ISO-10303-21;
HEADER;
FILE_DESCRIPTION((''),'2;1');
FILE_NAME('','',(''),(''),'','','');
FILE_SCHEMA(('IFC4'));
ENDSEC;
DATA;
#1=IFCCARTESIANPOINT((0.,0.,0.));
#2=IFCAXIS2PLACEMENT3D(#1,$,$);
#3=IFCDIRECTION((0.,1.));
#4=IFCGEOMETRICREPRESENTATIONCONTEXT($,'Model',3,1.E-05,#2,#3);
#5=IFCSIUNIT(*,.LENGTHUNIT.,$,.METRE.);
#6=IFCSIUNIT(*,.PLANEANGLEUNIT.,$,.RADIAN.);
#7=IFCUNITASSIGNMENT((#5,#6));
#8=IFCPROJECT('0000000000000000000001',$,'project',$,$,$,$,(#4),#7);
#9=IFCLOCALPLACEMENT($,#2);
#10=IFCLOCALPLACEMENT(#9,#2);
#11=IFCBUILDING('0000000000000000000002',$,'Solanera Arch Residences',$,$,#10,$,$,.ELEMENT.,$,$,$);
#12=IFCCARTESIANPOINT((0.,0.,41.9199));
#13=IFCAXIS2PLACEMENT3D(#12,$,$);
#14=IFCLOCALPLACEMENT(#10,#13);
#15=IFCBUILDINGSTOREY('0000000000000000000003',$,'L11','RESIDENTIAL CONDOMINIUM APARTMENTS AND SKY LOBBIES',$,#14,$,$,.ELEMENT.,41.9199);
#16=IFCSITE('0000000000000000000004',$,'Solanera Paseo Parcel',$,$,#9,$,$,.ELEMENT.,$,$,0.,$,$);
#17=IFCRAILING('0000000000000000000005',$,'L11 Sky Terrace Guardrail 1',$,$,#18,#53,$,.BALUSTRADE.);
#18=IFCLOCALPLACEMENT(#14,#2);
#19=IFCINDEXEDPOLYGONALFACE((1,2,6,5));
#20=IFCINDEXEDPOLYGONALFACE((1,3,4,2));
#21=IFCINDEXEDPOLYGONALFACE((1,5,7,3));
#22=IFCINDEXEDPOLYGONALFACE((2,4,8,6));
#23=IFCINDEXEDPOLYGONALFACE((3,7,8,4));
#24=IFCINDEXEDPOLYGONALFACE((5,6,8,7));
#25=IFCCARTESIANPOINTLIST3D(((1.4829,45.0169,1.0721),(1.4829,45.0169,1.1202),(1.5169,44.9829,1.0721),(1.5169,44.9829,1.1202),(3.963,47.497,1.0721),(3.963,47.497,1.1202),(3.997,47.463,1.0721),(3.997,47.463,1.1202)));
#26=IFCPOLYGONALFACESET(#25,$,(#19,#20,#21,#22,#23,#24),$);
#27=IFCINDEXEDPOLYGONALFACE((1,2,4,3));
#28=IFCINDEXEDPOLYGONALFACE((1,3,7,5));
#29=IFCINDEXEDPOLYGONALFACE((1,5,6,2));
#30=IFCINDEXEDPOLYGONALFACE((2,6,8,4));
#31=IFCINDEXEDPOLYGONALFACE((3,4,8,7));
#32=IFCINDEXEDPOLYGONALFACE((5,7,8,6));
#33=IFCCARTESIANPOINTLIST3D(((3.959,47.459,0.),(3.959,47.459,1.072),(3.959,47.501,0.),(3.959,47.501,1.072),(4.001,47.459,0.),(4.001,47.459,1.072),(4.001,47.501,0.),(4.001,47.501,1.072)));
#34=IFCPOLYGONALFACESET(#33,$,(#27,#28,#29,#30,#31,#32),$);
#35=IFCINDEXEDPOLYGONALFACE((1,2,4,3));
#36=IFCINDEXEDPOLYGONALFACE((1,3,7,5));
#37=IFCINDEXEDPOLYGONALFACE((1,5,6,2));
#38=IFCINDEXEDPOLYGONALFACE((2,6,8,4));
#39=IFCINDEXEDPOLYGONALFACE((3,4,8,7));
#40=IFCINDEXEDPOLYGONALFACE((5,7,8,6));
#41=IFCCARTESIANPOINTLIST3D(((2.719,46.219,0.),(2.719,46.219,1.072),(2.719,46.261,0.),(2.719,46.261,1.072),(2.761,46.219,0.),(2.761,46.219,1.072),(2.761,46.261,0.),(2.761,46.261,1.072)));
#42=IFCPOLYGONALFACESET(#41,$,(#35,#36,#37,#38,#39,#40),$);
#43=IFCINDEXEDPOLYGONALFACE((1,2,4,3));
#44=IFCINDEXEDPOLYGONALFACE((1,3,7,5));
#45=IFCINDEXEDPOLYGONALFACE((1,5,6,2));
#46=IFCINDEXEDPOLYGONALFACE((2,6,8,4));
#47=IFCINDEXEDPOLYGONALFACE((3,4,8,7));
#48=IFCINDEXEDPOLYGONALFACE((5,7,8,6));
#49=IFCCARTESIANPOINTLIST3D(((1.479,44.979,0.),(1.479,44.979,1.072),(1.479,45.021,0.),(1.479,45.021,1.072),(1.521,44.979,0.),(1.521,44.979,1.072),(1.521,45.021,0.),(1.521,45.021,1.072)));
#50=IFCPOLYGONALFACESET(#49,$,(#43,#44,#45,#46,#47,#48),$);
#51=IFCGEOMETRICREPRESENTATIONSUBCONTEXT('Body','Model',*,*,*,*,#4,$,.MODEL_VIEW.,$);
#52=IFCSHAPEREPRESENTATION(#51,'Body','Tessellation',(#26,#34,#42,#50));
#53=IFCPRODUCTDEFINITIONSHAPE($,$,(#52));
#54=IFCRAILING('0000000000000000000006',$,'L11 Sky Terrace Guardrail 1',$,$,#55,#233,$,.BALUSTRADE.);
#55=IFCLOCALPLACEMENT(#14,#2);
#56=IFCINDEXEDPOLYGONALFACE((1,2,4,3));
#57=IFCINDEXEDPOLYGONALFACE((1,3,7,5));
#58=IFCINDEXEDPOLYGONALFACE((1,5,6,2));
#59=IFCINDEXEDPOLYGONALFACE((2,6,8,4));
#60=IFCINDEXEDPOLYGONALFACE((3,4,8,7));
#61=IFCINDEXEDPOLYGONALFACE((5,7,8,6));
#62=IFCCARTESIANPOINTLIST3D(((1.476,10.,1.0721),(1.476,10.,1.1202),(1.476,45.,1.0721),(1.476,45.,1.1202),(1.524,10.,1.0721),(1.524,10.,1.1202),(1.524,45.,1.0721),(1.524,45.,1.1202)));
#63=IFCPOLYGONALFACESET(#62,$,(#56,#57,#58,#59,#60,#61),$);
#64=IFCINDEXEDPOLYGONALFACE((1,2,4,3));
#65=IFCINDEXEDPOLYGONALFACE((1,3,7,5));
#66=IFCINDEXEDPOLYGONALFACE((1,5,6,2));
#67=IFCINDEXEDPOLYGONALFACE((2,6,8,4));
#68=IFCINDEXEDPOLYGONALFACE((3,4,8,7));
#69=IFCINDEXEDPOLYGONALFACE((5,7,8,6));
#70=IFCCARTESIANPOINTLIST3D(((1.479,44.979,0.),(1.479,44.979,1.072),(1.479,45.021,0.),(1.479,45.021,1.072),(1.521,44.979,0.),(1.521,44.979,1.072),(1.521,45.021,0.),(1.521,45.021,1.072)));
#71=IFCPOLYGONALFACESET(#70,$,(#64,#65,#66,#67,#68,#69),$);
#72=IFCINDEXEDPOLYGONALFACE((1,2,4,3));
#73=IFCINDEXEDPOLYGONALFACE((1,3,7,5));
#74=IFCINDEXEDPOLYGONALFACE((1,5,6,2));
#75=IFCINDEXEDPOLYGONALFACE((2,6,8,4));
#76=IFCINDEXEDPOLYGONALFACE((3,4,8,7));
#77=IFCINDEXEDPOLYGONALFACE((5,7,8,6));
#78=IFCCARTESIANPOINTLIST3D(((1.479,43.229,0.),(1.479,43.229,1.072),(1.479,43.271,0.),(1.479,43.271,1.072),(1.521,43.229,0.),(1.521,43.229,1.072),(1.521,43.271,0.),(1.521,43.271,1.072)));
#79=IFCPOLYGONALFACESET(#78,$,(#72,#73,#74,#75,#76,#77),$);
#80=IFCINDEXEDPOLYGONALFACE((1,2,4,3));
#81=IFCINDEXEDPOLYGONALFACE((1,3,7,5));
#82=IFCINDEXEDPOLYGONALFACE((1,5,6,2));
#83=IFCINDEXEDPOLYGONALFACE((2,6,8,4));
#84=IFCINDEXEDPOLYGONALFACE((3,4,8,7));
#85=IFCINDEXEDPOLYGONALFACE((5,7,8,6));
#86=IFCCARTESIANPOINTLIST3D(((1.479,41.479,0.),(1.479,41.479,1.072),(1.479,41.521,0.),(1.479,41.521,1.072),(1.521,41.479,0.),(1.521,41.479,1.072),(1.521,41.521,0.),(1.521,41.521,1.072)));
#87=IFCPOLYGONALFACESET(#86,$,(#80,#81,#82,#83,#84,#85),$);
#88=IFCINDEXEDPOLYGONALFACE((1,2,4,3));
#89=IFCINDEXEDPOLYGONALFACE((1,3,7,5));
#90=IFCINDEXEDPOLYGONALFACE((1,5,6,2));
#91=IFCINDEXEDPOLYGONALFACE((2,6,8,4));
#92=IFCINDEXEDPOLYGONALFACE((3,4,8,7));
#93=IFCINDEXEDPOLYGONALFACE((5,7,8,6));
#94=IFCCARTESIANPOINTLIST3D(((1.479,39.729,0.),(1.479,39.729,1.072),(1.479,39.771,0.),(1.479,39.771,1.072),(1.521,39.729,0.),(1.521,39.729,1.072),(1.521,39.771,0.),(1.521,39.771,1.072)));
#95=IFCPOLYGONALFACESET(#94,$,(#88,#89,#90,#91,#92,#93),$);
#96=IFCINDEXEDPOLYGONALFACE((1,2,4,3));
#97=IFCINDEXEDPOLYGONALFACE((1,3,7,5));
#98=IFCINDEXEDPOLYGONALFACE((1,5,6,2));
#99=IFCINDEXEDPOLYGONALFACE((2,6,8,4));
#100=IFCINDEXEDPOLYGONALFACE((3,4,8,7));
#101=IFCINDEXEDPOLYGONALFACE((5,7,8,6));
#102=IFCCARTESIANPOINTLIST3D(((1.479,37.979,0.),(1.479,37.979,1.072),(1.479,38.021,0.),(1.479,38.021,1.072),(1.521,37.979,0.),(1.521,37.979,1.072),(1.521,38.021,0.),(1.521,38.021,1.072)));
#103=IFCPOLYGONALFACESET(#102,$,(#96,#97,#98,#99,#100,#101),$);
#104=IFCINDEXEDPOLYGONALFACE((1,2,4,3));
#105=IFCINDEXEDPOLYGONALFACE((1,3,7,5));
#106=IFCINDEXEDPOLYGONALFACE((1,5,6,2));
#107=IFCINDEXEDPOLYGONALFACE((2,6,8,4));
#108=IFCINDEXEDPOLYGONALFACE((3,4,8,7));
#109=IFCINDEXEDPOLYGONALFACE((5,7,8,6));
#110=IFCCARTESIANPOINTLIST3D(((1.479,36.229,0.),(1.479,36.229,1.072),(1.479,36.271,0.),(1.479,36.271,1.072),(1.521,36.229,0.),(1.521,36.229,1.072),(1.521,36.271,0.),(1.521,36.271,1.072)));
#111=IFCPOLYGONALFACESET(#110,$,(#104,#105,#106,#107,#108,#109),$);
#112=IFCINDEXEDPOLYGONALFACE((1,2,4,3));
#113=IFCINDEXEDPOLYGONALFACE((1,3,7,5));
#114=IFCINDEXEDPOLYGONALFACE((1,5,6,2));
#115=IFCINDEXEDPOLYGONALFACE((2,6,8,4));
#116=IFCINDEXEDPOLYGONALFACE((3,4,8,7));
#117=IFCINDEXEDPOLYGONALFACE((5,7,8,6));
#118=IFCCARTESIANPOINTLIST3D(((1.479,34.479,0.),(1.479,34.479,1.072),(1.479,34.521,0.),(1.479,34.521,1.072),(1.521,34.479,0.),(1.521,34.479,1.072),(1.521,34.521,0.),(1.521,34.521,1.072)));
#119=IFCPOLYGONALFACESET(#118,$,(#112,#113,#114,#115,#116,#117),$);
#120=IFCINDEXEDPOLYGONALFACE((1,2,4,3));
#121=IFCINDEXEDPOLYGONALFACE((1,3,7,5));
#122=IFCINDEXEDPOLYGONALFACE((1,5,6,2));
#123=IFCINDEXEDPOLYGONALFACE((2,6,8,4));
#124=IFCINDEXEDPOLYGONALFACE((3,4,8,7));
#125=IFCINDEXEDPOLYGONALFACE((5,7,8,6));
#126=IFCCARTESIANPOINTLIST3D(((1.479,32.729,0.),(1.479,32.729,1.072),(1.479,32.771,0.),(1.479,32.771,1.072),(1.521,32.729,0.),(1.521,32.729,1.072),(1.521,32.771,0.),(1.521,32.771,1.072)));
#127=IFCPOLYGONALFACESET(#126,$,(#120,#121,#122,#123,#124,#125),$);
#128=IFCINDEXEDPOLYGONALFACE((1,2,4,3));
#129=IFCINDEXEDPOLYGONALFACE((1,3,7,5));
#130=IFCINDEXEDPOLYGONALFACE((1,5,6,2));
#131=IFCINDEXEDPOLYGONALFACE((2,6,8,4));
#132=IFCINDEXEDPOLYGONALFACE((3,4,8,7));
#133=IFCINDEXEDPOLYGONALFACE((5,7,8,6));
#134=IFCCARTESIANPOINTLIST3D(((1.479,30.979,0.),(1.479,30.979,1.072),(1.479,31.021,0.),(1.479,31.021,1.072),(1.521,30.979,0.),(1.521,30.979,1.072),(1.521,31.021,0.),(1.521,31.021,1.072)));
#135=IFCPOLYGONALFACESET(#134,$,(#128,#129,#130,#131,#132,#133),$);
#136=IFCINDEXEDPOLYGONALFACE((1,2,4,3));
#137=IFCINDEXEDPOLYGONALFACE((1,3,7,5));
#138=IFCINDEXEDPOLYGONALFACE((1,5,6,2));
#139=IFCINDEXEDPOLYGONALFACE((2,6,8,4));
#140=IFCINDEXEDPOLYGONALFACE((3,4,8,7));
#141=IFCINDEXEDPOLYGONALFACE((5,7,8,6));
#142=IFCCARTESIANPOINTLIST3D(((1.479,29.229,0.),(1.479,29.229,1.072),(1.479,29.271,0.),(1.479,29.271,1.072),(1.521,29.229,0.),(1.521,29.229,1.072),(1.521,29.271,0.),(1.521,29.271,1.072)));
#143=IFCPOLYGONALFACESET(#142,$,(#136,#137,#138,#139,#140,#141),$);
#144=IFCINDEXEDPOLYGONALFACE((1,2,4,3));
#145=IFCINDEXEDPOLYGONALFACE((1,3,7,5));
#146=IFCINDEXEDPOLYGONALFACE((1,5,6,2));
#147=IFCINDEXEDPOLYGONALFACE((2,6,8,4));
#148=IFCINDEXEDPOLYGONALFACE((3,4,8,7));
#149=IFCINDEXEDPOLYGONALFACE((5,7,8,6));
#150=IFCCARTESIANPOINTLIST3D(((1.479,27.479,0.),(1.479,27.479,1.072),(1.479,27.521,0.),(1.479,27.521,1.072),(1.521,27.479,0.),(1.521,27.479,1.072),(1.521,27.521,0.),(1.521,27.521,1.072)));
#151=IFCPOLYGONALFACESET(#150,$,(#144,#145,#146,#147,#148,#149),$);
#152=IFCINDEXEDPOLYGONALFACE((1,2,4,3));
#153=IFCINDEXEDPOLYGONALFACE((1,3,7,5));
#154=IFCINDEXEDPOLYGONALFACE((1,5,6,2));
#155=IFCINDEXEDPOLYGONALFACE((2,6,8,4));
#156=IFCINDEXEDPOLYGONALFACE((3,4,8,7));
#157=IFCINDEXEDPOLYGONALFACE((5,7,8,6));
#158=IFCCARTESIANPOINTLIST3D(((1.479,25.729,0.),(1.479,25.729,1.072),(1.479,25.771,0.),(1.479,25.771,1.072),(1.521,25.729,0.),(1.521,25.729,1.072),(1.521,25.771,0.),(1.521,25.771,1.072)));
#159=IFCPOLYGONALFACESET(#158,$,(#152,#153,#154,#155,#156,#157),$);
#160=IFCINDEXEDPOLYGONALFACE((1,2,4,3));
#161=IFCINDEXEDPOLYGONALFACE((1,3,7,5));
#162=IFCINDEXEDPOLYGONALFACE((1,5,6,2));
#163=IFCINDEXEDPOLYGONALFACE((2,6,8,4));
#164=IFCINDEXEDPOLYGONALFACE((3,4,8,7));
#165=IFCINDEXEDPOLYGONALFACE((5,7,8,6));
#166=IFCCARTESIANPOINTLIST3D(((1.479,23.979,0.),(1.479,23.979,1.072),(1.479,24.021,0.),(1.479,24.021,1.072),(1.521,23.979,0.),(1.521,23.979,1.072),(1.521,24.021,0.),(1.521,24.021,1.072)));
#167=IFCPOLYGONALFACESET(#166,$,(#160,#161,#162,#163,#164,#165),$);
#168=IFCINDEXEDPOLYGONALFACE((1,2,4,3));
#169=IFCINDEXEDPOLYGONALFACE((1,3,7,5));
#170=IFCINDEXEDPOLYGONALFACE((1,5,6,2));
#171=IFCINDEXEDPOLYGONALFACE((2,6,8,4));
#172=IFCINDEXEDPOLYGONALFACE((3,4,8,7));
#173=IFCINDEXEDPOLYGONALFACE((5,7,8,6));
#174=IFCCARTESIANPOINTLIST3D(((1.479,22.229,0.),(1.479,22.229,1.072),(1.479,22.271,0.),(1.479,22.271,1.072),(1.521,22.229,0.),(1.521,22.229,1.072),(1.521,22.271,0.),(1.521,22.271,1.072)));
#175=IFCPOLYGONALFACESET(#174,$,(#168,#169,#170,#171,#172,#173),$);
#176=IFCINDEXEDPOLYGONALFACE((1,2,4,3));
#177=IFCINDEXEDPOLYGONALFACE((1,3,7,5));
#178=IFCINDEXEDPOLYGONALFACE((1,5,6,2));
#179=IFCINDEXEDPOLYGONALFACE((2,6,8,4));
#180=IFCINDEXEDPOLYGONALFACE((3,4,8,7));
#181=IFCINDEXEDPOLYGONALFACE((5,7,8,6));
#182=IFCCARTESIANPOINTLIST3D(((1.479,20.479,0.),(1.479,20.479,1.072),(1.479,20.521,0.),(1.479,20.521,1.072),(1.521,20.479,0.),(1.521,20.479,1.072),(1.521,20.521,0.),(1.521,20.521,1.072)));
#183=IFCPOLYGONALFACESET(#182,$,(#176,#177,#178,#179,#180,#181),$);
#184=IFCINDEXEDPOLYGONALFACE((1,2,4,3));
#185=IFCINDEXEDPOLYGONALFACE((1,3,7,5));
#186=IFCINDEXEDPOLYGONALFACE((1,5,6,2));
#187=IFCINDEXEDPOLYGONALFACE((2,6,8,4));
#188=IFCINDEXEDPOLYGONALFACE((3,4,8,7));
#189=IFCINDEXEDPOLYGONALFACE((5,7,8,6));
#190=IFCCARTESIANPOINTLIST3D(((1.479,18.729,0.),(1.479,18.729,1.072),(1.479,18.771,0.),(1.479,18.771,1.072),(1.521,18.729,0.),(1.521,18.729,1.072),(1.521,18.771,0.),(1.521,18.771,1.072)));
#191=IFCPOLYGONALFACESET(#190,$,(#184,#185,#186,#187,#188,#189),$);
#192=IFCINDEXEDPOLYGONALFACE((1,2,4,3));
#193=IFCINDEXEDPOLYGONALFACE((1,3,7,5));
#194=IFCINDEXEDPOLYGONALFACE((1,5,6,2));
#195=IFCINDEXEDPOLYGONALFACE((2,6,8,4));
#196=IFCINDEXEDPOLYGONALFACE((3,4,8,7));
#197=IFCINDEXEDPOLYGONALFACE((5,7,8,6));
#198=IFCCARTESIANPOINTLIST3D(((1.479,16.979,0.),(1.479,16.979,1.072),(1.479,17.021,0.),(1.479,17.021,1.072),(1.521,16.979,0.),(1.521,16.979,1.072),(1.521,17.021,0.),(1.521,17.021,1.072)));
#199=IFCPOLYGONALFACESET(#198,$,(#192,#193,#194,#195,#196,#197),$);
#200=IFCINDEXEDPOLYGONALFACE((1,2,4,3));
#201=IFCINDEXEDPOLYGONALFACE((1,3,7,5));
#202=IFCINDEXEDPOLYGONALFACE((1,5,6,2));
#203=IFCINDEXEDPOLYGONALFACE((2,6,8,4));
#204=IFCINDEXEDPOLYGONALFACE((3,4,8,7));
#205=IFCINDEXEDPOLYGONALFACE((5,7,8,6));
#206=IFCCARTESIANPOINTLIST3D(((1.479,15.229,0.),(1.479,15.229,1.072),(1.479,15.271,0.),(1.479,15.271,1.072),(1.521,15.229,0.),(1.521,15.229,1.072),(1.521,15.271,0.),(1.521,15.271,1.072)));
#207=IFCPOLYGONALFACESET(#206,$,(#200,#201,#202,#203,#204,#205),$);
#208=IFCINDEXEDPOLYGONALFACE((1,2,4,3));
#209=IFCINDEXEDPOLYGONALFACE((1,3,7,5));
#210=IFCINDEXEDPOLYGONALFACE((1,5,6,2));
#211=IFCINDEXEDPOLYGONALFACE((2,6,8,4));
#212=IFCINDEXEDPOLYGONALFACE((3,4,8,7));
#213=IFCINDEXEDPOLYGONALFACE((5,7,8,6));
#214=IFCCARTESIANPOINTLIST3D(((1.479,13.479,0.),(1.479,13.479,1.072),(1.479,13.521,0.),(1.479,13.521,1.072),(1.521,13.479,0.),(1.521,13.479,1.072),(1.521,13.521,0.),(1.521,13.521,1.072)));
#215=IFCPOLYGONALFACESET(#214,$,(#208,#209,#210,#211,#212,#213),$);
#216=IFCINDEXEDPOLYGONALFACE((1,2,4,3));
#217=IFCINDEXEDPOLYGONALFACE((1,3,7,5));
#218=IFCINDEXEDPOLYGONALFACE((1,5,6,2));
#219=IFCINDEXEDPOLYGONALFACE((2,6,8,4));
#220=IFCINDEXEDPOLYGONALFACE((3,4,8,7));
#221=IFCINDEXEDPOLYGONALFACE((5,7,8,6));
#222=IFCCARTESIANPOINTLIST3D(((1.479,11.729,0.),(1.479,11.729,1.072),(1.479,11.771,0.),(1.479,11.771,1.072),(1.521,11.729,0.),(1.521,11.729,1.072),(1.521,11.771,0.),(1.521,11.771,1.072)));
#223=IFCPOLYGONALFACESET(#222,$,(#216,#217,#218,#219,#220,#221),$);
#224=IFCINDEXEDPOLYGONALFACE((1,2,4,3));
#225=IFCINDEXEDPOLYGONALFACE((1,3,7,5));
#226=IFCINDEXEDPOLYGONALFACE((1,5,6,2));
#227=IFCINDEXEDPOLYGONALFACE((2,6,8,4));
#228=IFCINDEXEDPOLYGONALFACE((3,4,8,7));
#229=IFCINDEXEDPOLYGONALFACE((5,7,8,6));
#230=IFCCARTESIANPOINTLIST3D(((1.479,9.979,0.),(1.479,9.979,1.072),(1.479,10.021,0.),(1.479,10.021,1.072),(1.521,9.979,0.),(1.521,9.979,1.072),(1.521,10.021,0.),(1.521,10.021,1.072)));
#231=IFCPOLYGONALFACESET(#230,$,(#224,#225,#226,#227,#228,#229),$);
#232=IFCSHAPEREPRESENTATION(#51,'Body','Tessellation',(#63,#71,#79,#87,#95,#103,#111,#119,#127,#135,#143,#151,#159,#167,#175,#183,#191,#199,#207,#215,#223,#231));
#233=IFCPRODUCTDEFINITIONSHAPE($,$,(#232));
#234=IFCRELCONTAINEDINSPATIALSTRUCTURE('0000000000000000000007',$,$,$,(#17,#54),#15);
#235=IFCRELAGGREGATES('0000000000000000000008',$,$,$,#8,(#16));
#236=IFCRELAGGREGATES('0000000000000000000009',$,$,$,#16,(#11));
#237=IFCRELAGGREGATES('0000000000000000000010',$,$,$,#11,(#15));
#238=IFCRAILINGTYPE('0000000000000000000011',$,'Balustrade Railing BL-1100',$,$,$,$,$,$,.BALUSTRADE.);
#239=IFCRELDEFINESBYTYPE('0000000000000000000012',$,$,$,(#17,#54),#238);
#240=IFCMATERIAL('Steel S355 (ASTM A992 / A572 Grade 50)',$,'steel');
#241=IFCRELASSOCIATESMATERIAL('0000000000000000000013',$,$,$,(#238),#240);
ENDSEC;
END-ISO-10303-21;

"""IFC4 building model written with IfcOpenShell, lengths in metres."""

from ifc_helpers import new_model, si_unit, direction, frame, origin, origin_2d, place, context, subcontext, project, spatial, rectangle, extrude, material, type_object, element, save


model = new_model("IFC4")

# Units and contexts
model_context = context("Model", 3, precision=1e-05, world=origin(), true_north=direction((0.0, 1.0)))
body_context = subcontext(model_context, "Body", "Model", "MODEL_VIEW")
ifc_project = project(units=[si_unit("LENGTHUNIT", "METRE"), si_unit("PLANEANGLEUNIT", "RADIAN")], contexts=[model_context])

# Site, building, storey
site_placement = place(None, origin())
site = spatial("IfcSite", under=ifc_project, at=site_placement, Name="Solanera Paseo Parcel", CompositionType="ELEMENT", RefElevation=0.0)
building_placement = place(site_placement, origin())
building = spatial("IfcBuilding", under=site, at=building_placement, Name="Solanera Arch Residences", CompositionType="ELEMENT")
storey_placement = place(building_placement, frame((0.0, 0.0, 41.9199)))
storey = spatial("IfcBuildingStorey", under=building, at=storey_placement, Name="L11", Description="RESIDENTIAL CONDOMINIUM APARTMENTS AND SKY LOBBIES", CompositionType="ELEMENT", Elevation=41.9199)

# Railings
ifc_material_1 = material(Name="Steel S355 (ASTM A992 / A572 Grade 50)", Category="steel")
railing_type = type_object("IfcRailingType", Name="Balustrade Railing BL-1100", PredefinedType="BALUSTRADE", material=ifc_material_1)
railing_1_placement = place(storey_placement, frame((3.98, 47.48, 0.0)))
element("IfcRailing", 1, at=railing_1_placement, inside=storey, type_object=railing_type, Name="L11 Sky Terrace Guardrail 1", PredefinedType="BALUSTRADE", context=body_context, shape_type="SweptSolid", body=[
    extrude(rectangle(XDim=0.0481, YDim=0.0481, at=origin_2d()), frame((0.0, 0.0, 1.0962), z_axis=(-0.707107, -0.707107, 0.0), x_axis=(0.707107, -0.707107, 0.0)), (0.0, 0.0, 1.0), 3.5073),
    extrude(rectangle(XDim=0.042, YDim=0.042, at=origin_2d()), origin(), (0.0, 0.0, 1.0), 1.072),
    extrude(rectangle(XDim=0.042, YDim=0.042, at=origin_2d()), frame((-1.24, -1.24, 0.0)), (0.0, 0.0, 1.0), 1.072),
    extrude(rectangle(XDim=0.042, YDim=0.042, at=origin_2d()), frame((-2.48, -2.48, 0.0)), (0.0, 0.0, 1.0), 1.072),
])
railing_2_placement = place(storey_placement, frame((1.5, 45.0, 0.0)))
element("IfcRailing", 2, at=railing_2_placement, inside=storey, type_object=railing_type, Name="L11 Sky Terrace Guardrail 1", PredefinedType="BALUSTRADE", context=body_context, shape_type="SweptSolid", body=[
    extrude(rectangle(XDim=0.0481, YDim=0.0481, at=origin_2d()), frame((0.0, 0.0, 1.0962), z_axis=(0.0, -1.0, 0.0), x_axis=(1.0, 0.0, 0.0)), (0.0, 0.0, 1.0), 35.0),
    extrude(rectangle(XDim=0.042, YDim=0.042, at=origin_2d()), origin(), (0.0, 0.0, 1.0), 1.072),
    extrude(rectangle(XDim=0.042, YDim=0.042, at=origin_2d()), frame((0.0, -1.75, 0.0)), (0.0, 0.0, 1.0), 1.072),
    extrude(rectangle(XDim=0.042, YDim=0.042, at=origin_2d()), frame((0.0, -3.5, 0.0)), (0.0, 0.0, 1.0), 1.072),
    extrude(rectangle(XDim=0.042, YDim=0.042, at=origin_2d()), frame((0.0, -5.25, 0.0)), (0.0, 0.0, 1.0), 1.072),
    extrude(rectangle(XDim=0.042, YDim=0.042, at=origin_2d()), frame((0.0, -7.0, 0.0)), (0.0, 0.0, 1.0), 1.072),
    extrude(rectangle(XDim=0.042, YDim=0.042, at=origin_2d()), frame((0.0, -8.75, 0.0)), (0.0, 0.0, 1.0), 1.072),
    extrude(rectangle(XDim=0.042, YDim=0.042, at=origin_2d()), frame((0.0, -10.5, 0.0)), (0.0, 0.0, 1.0), 1.072),
    extrude(rectangle(XDim=0.042, YDim=0.042, at=origin_2d()), frame((0.0, -12.25, 0.0)), (0.0, 0.0, 1.0), 1.072),
    extrude(rectangle(XDim=0.042, YDim=0.042, at=origin_2d()), frame((0.0, -14.0, 0.0)), (0.0, 0.0, 1.0), 1.072),
    extrude(rectangle(XDim=0.042, YDim=0.042, at=origin_2d()), frame((0.0, -15.75, 0.0)), (0.0, 0.0, 1.0), 1.072),
    extrude(rectangle(XDim=0.042, YDim=0.042, at=origin_2d()), frame((0.0, -17.5, 0.0)), (0.0, 0.0, 1.0), 1.072),
    extrude(rectangle(XDim=0.042, YDim=0.042, at=origin_2d()), frame((0.0, -19.25, 0.0)), (0.0, 0.0, 1.0), 1.072),
    extrude(rectangle(XDim=0.042, YDim=0.042, at=origin_2d()), frame((0.0, -21.0, 0.0)), (0.0, 0.0, 1.0), 1.072),
    extrude(rectangle(XDim=0.042, YDim=0.042, at=origin_2d()), frame((0.0, -22.75, 0.0)), (0.0, 0.0, 1.0), 1.072),
    extrude(rectangle(XDim=0.042, YDim=0.042, at=origin_2d()), frame((0.0, -24.5, 0.0)), (0.0, 0.0, 1.0), 1.072),
    extrude(rectangle(XDim=0.042, YDim=0.042, at=origin_2d()), frame((0.0, -26.25, 0.0)), (0.0, 0.0, 1.0), 1.072),
    extrude(rectangle(XDim=0.042, YDim=0.042, at=origin_2d()), frame((0.0, -28.0, 0.0)), (0.0, 0.0, 1.0), 1.072),
    extrude(rectangle(XDim=0.042, YDim=0.042, at=origin_2d()), frame((0.0, -29.75, 0.0)), (0.0, 0.0, 1.0), 1.072),
    extrude(rectangle(XDim=0.042, YDim=0.042, at=origin_2d()), frame((0.0, -31.5, 0.0)), (0.0, 0.0, 1.0), 1.072),
    extrude(rectangle(XDim=0.042, YDim=0.042, at=origin_2d()), frame((0.0, -33.25, 0.0)), (0.0, 0.0, 1.0), 1.072),
    extrude(rectangle(XDim=0.042, YDim=0.042, at=origin_2d()), frame((0.0, -35.0, 0.0)), (0.0, 0.0, 1.0), 1.072),
])

save(model, "model.ifc")
